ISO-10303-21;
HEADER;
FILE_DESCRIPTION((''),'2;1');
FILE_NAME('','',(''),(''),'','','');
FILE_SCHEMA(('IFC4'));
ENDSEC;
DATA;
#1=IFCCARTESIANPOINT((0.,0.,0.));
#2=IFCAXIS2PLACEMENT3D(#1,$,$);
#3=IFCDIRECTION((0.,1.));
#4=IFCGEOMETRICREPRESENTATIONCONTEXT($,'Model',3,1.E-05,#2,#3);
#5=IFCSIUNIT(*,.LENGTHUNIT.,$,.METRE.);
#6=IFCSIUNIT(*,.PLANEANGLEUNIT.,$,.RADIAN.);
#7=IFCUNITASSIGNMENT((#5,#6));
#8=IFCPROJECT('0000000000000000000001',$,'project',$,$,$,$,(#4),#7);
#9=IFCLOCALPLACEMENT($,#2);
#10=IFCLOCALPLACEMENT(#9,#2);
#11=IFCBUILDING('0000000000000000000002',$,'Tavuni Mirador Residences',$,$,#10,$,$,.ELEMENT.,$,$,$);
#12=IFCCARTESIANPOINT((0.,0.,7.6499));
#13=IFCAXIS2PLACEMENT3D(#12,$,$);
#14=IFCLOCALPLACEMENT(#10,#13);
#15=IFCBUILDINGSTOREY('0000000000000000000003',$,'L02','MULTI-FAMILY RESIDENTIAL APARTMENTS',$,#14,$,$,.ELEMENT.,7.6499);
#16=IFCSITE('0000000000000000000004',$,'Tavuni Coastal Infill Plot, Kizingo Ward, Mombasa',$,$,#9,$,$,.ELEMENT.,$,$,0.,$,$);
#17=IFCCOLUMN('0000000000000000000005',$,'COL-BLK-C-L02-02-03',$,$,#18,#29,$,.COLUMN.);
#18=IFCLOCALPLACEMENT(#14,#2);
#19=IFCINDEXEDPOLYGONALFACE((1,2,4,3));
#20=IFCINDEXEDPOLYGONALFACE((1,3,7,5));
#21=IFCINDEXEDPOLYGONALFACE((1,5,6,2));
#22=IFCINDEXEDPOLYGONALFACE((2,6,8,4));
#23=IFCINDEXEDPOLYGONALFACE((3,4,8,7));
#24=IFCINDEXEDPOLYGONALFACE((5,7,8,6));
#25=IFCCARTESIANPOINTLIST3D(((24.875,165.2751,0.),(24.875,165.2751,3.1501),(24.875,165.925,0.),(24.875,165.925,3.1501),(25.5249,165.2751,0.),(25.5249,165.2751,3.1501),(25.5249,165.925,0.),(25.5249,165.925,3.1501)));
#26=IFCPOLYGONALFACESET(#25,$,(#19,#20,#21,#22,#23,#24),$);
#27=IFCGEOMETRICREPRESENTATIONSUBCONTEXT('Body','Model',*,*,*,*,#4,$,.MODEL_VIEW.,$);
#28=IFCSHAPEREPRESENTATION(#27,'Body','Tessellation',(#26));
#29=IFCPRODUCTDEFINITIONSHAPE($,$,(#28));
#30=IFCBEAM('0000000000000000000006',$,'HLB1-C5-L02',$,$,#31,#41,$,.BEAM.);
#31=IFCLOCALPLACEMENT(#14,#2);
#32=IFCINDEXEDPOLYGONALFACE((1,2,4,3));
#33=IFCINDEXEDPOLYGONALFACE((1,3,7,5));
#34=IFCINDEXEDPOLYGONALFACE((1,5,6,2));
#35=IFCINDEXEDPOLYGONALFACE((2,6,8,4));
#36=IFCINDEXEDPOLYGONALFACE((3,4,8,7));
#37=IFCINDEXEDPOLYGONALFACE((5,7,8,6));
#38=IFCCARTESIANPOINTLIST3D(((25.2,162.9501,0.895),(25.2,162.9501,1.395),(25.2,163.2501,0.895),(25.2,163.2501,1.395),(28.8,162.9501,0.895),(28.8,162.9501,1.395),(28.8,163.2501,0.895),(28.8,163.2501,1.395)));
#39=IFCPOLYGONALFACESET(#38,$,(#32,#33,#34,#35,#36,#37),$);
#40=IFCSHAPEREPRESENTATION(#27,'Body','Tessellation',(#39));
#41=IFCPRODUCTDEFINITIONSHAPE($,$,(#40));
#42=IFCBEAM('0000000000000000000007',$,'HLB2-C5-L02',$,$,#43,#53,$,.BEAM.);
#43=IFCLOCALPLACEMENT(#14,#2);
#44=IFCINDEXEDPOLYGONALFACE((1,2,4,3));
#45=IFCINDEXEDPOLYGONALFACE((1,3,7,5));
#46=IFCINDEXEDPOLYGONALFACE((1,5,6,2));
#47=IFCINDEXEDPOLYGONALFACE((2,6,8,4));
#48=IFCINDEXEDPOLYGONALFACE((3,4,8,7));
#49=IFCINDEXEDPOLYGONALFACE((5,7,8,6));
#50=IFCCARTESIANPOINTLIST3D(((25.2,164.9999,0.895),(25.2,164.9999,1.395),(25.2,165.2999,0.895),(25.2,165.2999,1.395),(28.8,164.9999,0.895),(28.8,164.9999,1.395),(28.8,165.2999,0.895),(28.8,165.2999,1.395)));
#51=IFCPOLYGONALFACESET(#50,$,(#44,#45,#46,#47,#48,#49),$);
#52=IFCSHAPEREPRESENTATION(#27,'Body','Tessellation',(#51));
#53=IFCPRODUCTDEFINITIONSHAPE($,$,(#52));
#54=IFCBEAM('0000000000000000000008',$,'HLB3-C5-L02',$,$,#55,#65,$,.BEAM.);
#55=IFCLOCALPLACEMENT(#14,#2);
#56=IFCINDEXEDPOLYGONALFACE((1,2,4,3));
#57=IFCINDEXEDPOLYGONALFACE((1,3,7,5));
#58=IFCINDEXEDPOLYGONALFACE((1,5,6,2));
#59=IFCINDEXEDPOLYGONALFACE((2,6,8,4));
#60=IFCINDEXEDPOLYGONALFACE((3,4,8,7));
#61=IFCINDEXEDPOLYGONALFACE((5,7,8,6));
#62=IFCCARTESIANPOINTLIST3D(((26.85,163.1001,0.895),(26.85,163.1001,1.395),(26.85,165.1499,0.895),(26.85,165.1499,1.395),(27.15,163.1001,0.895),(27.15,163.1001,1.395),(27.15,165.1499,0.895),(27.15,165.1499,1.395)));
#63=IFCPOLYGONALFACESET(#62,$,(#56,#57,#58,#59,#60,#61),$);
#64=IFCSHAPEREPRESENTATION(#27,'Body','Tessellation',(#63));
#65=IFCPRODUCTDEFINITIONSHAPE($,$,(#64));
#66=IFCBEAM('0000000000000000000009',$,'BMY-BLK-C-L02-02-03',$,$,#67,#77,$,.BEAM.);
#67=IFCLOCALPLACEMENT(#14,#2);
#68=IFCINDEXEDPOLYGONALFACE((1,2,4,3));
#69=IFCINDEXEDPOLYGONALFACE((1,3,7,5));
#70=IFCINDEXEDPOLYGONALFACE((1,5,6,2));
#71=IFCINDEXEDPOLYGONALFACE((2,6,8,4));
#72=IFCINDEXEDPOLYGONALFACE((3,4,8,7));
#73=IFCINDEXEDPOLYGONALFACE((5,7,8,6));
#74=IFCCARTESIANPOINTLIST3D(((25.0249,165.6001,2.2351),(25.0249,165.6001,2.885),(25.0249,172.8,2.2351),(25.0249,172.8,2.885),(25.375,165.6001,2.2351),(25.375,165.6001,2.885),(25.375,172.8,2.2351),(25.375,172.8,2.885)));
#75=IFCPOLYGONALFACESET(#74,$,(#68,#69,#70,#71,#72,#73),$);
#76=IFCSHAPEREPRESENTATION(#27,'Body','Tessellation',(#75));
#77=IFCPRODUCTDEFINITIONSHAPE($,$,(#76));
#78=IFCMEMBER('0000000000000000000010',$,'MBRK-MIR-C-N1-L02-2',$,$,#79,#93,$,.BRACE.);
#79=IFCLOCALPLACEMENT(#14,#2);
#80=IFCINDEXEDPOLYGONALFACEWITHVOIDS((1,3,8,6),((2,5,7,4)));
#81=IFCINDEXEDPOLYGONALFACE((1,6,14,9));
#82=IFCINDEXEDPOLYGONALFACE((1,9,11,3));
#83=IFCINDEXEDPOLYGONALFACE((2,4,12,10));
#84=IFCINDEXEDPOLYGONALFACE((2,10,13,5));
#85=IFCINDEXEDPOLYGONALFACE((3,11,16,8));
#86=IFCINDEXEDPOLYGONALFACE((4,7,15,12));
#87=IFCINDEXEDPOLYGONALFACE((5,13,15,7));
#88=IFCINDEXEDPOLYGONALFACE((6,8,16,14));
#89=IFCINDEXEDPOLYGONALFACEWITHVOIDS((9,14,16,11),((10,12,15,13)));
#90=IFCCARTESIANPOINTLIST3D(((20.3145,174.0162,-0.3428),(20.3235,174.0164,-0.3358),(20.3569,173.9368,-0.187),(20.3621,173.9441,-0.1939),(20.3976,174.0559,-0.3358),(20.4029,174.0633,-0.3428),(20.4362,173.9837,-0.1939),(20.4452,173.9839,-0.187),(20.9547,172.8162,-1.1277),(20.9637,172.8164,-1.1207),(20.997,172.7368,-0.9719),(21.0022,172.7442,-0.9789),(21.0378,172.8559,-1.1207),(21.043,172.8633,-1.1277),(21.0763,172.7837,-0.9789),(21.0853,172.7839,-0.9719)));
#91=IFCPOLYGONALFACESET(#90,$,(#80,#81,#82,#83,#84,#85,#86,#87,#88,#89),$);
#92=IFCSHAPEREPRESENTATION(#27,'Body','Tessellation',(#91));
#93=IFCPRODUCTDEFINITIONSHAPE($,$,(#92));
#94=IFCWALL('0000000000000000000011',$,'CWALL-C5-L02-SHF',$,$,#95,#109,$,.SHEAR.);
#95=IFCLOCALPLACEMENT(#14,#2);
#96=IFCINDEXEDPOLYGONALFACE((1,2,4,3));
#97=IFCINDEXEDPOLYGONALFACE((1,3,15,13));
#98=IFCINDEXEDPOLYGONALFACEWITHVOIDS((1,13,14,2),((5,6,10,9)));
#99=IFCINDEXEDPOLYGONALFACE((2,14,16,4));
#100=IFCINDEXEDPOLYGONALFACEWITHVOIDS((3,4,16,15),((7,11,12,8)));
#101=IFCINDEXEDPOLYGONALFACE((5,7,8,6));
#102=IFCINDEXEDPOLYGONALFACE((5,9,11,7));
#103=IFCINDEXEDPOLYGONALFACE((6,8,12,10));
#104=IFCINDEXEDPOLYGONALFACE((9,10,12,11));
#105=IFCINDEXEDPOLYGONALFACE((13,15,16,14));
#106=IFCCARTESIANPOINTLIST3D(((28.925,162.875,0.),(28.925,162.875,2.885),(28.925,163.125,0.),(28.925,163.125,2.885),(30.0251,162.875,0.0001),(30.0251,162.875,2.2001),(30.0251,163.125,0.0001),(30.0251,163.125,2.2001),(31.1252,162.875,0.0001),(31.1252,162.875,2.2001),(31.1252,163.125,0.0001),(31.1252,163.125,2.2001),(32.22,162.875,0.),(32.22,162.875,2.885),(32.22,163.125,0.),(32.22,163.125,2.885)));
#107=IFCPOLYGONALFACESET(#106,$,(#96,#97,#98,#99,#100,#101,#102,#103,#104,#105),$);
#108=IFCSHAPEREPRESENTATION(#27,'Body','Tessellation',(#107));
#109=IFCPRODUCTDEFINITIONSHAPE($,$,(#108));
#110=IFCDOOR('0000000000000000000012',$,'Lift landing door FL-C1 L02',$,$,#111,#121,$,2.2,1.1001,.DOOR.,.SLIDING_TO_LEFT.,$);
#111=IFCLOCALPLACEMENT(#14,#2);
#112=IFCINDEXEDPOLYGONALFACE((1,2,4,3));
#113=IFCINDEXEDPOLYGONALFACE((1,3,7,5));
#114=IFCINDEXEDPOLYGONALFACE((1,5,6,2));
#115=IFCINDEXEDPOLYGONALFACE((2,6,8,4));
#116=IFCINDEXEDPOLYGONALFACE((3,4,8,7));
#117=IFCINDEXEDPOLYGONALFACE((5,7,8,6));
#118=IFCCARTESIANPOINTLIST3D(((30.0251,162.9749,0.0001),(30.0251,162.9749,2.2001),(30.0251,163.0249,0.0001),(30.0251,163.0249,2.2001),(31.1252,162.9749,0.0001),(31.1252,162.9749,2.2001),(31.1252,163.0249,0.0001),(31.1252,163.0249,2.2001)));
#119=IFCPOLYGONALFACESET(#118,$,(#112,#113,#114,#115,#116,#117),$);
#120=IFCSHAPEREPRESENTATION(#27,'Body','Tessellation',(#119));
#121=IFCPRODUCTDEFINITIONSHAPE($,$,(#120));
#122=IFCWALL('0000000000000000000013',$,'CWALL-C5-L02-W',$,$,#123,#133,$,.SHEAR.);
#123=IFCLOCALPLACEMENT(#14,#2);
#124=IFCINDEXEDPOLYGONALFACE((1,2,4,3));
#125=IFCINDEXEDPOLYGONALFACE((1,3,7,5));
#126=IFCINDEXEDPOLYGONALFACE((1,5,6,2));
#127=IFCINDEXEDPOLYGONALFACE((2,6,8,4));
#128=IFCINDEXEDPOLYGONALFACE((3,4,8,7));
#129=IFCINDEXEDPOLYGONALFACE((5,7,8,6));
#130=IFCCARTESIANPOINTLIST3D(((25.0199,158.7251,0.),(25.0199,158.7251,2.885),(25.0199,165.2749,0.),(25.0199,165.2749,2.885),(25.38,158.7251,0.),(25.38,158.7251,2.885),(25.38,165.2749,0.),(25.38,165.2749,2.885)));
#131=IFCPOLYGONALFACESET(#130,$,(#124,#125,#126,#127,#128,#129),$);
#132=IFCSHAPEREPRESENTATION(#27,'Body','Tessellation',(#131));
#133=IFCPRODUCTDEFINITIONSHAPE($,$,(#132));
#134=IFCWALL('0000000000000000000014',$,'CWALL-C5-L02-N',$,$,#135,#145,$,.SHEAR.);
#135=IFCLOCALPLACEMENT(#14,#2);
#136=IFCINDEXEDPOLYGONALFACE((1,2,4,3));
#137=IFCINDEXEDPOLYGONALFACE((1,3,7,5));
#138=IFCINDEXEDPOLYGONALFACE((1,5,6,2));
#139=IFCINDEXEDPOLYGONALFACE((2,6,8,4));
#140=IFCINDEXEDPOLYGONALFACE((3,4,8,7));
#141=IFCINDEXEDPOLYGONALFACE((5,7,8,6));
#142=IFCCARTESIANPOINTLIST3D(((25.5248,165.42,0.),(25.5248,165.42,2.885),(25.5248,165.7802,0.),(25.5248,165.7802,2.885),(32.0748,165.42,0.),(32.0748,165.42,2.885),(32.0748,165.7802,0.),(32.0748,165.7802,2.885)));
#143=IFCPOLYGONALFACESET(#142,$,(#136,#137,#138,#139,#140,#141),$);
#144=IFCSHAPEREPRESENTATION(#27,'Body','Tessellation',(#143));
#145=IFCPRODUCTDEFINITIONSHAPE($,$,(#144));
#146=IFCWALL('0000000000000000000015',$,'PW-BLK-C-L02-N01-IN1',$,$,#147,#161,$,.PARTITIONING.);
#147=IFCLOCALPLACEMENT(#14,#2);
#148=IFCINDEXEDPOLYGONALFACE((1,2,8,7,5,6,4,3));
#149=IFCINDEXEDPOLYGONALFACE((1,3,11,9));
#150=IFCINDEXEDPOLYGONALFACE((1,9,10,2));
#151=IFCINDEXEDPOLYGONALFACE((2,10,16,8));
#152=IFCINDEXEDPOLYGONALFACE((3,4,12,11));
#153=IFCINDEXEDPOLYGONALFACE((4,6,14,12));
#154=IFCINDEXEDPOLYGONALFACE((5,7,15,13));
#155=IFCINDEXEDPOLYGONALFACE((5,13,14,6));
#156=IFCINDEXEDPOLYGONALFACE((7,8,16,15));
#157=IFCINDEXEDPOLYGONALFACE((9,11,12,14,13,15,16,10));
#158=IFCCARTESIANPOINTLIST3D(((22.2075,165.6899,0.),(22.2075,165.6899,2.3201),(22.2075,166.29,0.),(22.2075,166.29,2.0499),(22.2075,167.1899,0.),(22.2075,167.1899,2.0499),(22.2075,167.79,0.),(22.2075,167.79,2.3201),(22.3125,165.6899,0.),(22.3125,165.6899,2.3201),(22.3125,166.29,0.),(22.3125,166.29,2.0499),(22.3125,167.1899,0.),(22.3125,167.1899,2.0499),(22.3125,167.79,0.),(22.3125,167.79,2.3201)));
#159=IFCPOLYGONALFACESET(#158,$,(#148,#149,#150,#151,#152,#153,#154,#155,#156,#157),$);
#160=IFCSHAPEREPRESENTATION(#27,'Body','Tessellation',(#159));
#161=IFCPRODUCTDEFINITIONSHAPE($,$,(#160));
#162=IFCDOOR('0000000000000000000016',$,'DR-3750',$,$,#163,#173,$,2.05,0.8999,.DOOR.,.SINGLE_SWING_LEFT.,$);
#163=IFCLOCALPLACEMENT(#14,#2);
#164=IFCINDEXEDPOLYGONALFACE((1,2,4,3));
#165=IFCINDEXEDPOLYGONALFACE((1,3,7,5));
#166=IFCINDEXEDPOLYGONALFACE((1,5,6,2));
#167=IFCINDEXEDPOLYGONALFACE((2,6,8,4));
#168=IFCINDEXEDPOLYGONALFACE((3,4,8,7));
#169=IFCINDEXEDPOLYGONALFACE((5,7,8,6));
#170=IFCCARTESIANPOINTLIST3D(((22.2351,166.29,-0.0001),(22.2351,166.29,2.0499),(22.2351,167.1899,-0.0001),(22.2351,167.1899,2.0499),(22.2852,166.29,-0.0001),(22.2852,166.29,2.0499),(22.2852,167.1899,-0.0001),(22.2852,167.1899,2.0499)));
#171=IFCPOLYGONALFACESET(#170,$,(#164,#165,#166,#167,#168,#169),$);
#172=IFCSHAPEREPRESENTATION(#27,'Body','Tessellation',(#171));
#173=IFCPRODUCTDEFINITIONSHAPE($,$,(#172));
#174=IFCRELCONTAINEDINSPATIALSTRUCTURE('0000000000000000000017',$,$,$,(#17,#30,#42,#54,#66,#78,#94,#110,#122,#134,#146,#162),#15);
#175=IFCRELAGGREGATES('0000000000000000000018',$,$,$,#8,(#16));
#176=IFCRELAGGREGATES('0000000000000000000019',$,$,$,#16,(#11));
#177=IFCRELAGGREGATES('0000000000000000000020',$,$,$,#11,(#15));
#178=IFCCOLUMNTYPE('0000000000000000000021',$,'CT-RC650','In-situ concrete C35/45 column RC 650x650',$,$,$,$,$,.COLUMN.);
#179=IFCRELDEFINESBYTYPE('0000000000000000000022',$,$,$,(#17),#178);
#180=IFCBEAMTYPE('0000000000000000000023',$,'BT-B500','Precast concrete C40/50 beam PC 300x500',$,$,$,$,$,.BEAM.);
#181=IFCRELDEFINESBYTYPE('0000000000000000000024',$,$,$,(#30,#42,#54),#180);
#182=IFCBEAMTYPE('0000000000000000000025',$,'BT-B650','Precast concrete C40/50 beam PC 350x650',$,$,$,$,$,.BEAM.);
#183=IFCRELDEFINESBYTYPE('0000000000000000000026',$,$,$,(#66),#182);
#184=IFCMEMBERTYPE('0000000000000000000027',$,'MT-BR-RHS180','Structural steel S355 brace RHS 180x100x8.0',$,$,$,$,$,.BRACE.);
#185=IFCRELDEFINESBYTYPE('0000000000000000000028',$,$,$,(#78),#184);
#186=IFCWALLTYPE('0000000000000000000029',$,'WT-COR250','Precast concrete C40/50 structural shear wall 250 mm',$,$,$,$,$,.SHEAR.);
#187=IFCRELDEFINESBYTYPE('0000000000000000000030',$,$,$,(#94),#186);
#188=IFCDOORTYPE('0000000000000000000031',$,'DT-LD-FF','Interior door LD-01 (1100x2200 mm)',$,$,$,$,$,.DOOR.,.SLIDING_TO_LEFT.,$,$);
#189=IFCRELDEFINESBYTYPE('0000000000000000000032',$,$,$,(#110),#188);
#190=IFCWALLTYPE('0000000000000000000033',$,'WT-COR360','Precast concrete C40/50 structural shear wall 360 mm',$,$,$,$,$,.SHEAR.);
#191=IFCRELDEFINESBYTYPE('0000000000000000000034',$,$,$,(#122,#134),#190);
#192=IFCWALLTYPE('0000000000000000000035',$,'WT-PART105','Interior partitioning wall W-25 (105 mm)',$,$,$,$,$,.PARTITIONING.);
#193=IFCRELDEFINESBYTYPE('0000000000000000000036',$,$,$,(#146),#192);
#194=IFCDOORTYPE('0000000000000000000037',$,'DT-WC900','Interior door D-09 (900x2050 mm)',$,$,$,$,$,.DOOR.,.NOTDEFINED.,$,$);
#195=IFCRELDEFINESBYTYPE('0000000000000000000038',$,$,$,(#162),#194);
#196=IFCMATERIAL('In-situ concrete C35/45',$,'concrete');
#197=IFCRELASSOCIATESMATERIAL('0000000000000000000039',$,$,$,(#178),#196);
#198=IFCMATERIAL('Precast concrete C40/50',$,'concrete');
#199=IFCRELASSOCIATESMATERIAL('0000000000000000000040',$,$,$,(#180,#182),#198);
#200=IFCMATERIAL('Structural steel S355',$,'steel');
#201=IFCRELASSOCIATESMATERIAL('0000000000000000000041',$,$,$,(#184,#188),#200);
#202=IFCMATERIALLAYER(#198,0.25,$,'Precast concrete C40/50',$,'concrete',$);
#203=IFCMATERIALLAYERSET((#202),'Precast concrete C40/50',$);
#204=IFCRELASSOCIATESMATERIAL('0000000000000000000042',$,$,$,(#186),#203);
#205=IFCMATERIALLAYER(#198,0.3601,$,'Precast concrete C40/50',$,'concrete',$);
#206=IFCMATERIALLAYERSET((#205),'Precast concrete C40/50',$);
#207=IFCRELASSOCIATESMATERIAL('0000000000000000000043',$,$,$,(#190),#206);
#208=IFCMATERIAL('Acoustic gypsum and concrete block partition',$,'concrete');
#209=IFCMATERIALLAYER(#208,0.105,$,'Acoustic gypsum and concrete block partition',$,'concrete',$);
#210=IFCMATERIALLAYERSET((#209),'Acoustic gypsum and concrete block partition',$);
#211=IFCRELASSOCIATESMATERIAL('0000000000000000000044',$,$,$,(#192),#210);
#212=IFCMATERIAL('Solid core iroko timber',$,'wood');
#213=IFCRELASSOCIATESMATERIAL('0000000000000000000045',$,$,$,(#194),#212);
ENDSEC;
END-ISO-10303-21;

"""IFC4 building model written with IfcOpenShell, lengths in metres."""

from ifc_helpers import new_model, si_unit, direction, frame, frame_2d, origin, origin_2d, place, context, subcontext, project, spatial, rectangle, hollow_rectangle, extrude, material, layer, layer_set, material_profile, profile_set, type_object, element, fill, save


model = new_model("IFC4")

# Units and contexts
model_context = context("Model", 3, precision=1e-05, world=origin(), true_north=direction((0.0, 1.0)))
body_context = subcontext(model_context, "Body", "Model", "MODEL_VIEW")
ifc_project = project(units=[si_unit("LENGTHUNIT", "METRE"), si_unit("PLANEANGLEUNIT", "RADIAN")], contexts=[model_context])

# Site, building, storey
site_placement = place(None, origin())
site = spatial("IfcSite", under=ifc_project, at=site_placement, Name="Tavuni Coastal Infill Plot, Kizingo Ward, Mombasa", CompositionType="ELEMENT", RefElevation=0.0)
building_placement = place(site_placement, origin())
building = spatial("IfcBuilding", under=site, at=building_placement, Name="Tavuni Mirador Residences", CompositionType="ELEMENT")
storey_placement = place(building_placement, frame((0.0, 0.0, 7.6499)))
storey = spatial("IfcBuildingStorey", under=building, at=storey_placement, Name="L02", Description="MULTI-FAMILY RESIDENTIAL APARTMENTS", CompositionType="ELEMENT", Elevation=7.6499)

# Column
ifc_material_1 = material(Name="In-situ concrete C35/45", Category="concrete")
ifc_material_profile_1 = material_profile(ifc_material_1, rectangle(XDim=0.6499, YDim=0.6499, at=origin_2d()), Name="RC 650x650", Category="concrete")
ifc_profile_set_1 = profile_set([ifc_material_profile_1], Name="In-situ concrete C35/45")
column_type = type_object("IfcColumnType", Name="CT-RC650", Description="In-situ concrete C35/45 column RC 650x650", PredefinedType="COLUMN", material=ifc_profile_set_1)
column_placement = place(storey_placement, frame((25.2, 165.6001, 0.0), z_axis=(0.0, 0.0, 1.0), x_axis=(1.0, 0.0, 0.0)))
element("IfcColumn", 1, at=column_placement, inside=storey, type_object=column_type, Name="COL-BLK-C-L02-02-03", PredefinedType="COLUMN", context=body_context, shape_type="SweptSolid", body=[
    extrude(rectangle(XDim=0.6499, YDim=0.6499, at=origin_2d()), origin(), (0.0, 0.0, 1.0), 3.1501),
])

# Beams
ifc_material_2 = material(Name="Precast concrete C40/50", Category="concrete")
ifc_material_profile_2 = material_profile(ifc_material_2, rectangle(XDim=0.3, YDim=0.5, at=origin_2d()), Name="PC 300x500", Category="concrete")
ifc_profile_set_2 = profile_set([ifc_material_profile_2], Name="Precast concrete C40/50")
beam_type_1 = type_object("IfcBeamType", Name="BT-B500", Description="Precast concrete C40/50 beam PC 300x500", PredefinedType="BEAM", material=ifc_profile_set_2)
for number, where, z_axis, x_axis, name in (
    (2, (25.2, 163.1001, 1.145), (1.0, 0.0, 0.0), (0.0, 1.0, 0.0), "HLB1-C5-L02"),
    (3, (25.2, 165.1499, 1.145), (1.0, 0.0, 0.0), (0.0, 1.0, 0.0), "HLB2-C5-L02"),
):
    element("IfcBeam", number, at=place(storey_placement, frame(where, z_axis=z_axis, x_axis=x_axis)), inside=storey, type_object=beam_type_1, Name=name, PredefinedType="BEAM", context=body_context, shape_type="SweptSolid", body=[
        extrude(rectangle(XDim=0.3, YDim=0.5, at=origin_2d()), origin(), (0.0, 0.0, 1.0), 3.6001),
    ])
beam_1_placement = place(storey_placement, frame((27.0, 163.1001, 1.145), z_axis=(0.0, 1.0, 0.0), x_axis=(-1.0, 0.0, 0.0)))
element("IfcBeam", 4, at=beam_1_placement, inside=storey, type_object=beam_type_1, Name="HLB3-C5-L02", PredefinedType="BEAM", context=body_context, shape_type="SweptSolid", body=[
    extrude(rectangle(XDim=0.3, YDim=0.5, at=origin_2d()), origin(), (0.0, 0.0, 1.0), 2.0498),
])
ifc_material_profile_3 = material_profile(ifc_material_2, rectangle(XDim=0.3501, YDim=0.6499, at=origin_2d()), Name="PC 350x650", Category="concrete")
ifc_profile_set_3 = profile_set([ifc_material_profile_3], Name="Precast concrete C40/50")
beam_type_2 = type_object("IfcBeamType", Name="BT-B650", Description="Precast concrete C40/50 beam PC 350x650", PredefinedType="BEAM", material=ifc_profile_set_3)
beam_2_placement = place(storey_placement, frame((25.2, 165.6001, 2.5601), z_axis=(0.0, 1.0, 0.0), x_axis=(-1.0, 0.0, 0.0)))
element("IfcBeam", 5, at=beam_2_placement, inside=storey, type_object=beam_type_2, Name="BMY-BLK-C-L02-02-03", PredefinedType="BEAM", context=body_context, shape_type="SweptSolid", body=[
    extrude(rectangle(XDim=0.3501, YDim=0.6499, at=origin_2d()), origin(), (0.0, 0.0, 1.0), 7.2),
])

# Member
ifc_material_3 = material(Name="Structural steel S355", Category="steel")
ifc_material_profile_4 = material_profile(ifc_material_3, hollow_rectangle(XDim=0.1001, YDim=0.1799, WallThickness=0.0081, at=origin_2d()), Name="RHS 180x100x8.0", Category="steel")
ifc_profile_set_4 = profile_set([ifc_material_profile_4], Name="Structural steel S355")
member_type = type_object("IfcMemberType", Name="MT-BR-RHS180", Description="Structural steel S355 brace RHS 180x100x8.0", PredefinedType="BRACE", material=ifc_profile_set_4)
member_placement = place(storey_placement, frame((21.02, 172.8, -1.0498), z_axis=(-0.407661, 0.764169, 0.499858), x_axis=(-0.882303, -0.470681, 0.0)))
element("IfcMember", 6, at=member_placement, inside=storey, type_object=member_type, Name="MBRK-MIR-C-N1-L02-2", PredefinedType="BRACE", context=body_context, shape_type="SweptSolid", body=[
    extrude(hollow_rectangle(XDim=0.1001, YDim=0.1799, WallThickness=0.0081, at=origin_2d()), origin(), (0.0, 0.0, 1.0), 1.5703),
])

# Wall, opening, door
ifc_layer_1 = layer(ifc_material_2, 0.25, Name="Precast concrete C40/50", Category="concrete")
ifc_layer_set_1 = layer_set([ifc_layer_1], Name="Precast concrete C40/50")
wall_type_1 = type_object("IfcWallType", Name="WT-COR250", Description="Precast concrete C40/50 structural shear wall 250 mm", PredefinedType="SHEAR", material=ifc_layer_set_1)
wall_1_placement = place(storey_placement, frame((28.925, 163.0, 0.0), z_axis=(0.0, 0.0, 1.0), x_axis=(1.0, 0.0, 0.0)))
wall_1 = element("IfcWall", 7, at=wall_1_placement, inside=storey, type_object=wall_type_1, Name="CWALL-C5-L02-SHF", PredefinedType="SHEAR", context=body_context, shape_type="SweptSolid", body=[
    extrude(rectangle(XDim=3.2949, YDim=0.25, at=frame_2d((1.6475, 0.0))), origin(), (0.0, 0.0, 1.0), 2.885),
])
opening_1_placement = place(wall_1_placement, frame((1.1001, 0.0, 0.0)))
opening_1 = element("IfcOpeningElement", 8, at=opening_1_placement, cuts=wall_1, PredefinedType="OPENING", context=body_context, shape_type="SweptSolid", body=[
    extrude(rectangle(XDim=1.1001, YDim=2.2, at=frame_2d((0.55, 1.1001))), frame((0.0, 0.135, 0.0), z_axis=(0.0, -1.0, 0.0), x_axis=(1.0, 0.0, 0.0)), (0.0, 0.0, 1.0), 0.27),
])
door_type_1 = type_object("IfcDoorType", Name="DT-LD-FF", Description="Interior door LD-01 (1100x2200 mm)", OperationType="SLIDING_TO_LEFT", PredefinedType="DOOR", material=ifc_material_3)
door_1_placement = place(opening_1_placement, origin())
door_1 = element("IfcDoor", 9, at=door_1_placement, inside=storey, type_object=door_type_1, Name="Lift landing door FL-C1 L02", OperationType="SLIDING_TO_LEFT", OverallHeight=2.2, OverallWidth=1.1001, PredefinedType="DOOR", context=body_context, shape_type="SweptSolid", body=[
    extrude(rectangle(XDim=1.1001, YDim=2.2, at=frame_2d((0.55, 1.1001))), frame((0.0, 0.0249, 0.0), z_axis=(0.0, -1.0, 0.0), x_axis=(1.0, 0.0, 0.0)), (0.0, 0.0, 1.0), 0.05),
])
fill(opening_1, door_1)

# Walls
ifc_layer_2 = layer(ifc_material_2, 0.3601, Name="Precast concrete C40/50", Category="concrete")
ifc_layer_set_2 = layer_set([ifc_layer_2], Name="Precast concrete C40/50")
wall_type_2 = type_object("IfcWallType", Name="WT-COR360", Description="Precast concrete C40/50 structural shear wall 360 mm", PredefinedType="SHEAR", material=ifc_layer_set_2)
wall_2_placement = place(storey_placement, frame((25.2, 158.7251, 0.0), z_axis=(0.0, 0.0, 1.0), x_axis=(0.0, 1.0, 0.0)))
element("IfcWall", 10, at=wall_2_placement, inside=storey, type_object=wall_type_2, Name="CWALL-C5-L02-W", PredefinedType="SHEAR", context=body_context, shape_type="SweptSolid", body=[
    extrude(rectangle(XDim=6.5498, YDim=0.3601, at=frame_2d((3.2749, 0.0))), origin(), (0.0, 0.0, 1.0), 2.885),
])
wall_3_placement = place(storey_placement, frame((25.5249, 165.6001, 0.0), z_axis=(0.0, 0.0, 1.0), x_axis=(1.0, 0.0, 0.0)))
element("IfcWall", 11, at=wall_3_placement, inside=storey, type_object=wall_type_2, Name="CWALL-C5-L02-N", PredefinedType="SHEAR", context=body_context, shape_type="SweptSolid", body=[
    extrude(rectangle(XDim=6.55, YDim=0.3601, at=frame_2d((3.2749, 0.0))), origin(), (0.0, 0.0, 1.0), 2.885),
])

# Wall, opening, door
ifc_material_4 = material(Name="Acoustic gypsum and concrete block partition", Category="concrete")
ifc_layer_3 = layer(ifc_material_4, 0.105, Name="Acoustic gypsum and concrete block partition", Category="concrete")
ifc_layer_set_3 = layer_set([ifc_layer_3], Name="Acoustic gypsum and concrete block partition")
wall_type_3 = type_object("IfcWallType", Name="WT-PART105", Description="Interior partitioning wall W-25 (105 mm)", PredefinedType="PARTITIONING", material=ifc_layer_set_3)
wall_4_placement = place(storey_placement, frame((22.26, 165.6899, 0.0), z_axis=(0.0, 0.0, 1.0), x_axis=(0.0, 1.0, 0.0)))
wall_4 = element("IfcWall", 12, at=wall_4_placement, inside=storey, type_object=wall_type_3, Name="PW-BLK-C-L02-N01-IN1", PredefinedType="PARTITIONING", context=body_context, shape_type="SweptSolid", body=[
    extrude(rectangle(XDim=2.1001, YDim=0.105, at=frame_2d((1.05, 0.0))), origin(), (0.0, 0.0, 1.0), 2.3201),
])
opening_2_placement = place(wall_4_placement, frame((0.6001, 0.0, 0.0)))
opening_2 = element("IfcOpeningElement", 13, at=opening_2_placement, cuts=wall_4, PredefinedType="OPENING", context=body_context, shape_type="SweptSolid", body=[
    extrude(rectangle(XDim=0.8999, YDim=2.05, at=frame_2d((0.45, 1.0249))), frame((0.0, 0.0625, 0.0), z_axis=(0.0, -1.0, 0.0), x_axis=(1.0, 0.0, 0.0)), (0.0, 0.0, 1.0), 0.125),
])
ifc_material_5 = material(Name="Solid core iroko timber", Category="wood")
door_type_2 = type_object("IfcDoorType", Name="DT-WC900", Description="Interior door D-09 (900x2050 mm)", OperationType="NOTDEFINED", PredefinedType="DOOR", material=ifc_material_5)
door_2_placement = place(opening_2_placement, origin())
door_2 = element("IfcDoor", 14, at=door_2_placement, inside=storey, type_object=door_type_2, Name="DR-3750", OperationType="SINGLE_SWING_LEFT", OverallHeight=2.05, OverallWidth=0.8999, PredefinedType="DOOR", context=body_context, shape_type="SweptSolid", body=[
    extrude(rectangle(XDim=0.8999, YDim=2.05, at=frame_2d((0.45, 1.0249))), frame((0.0, 0.0249, 0.0), z_axis=(0.0, -1.0, 0.0), x_axis=(1.0, 0.0, 0.0)), (0.0, 0.0, 1.0), 0.05),
])
fill(opening_2, door_2)

save(model, "model.ifc")
